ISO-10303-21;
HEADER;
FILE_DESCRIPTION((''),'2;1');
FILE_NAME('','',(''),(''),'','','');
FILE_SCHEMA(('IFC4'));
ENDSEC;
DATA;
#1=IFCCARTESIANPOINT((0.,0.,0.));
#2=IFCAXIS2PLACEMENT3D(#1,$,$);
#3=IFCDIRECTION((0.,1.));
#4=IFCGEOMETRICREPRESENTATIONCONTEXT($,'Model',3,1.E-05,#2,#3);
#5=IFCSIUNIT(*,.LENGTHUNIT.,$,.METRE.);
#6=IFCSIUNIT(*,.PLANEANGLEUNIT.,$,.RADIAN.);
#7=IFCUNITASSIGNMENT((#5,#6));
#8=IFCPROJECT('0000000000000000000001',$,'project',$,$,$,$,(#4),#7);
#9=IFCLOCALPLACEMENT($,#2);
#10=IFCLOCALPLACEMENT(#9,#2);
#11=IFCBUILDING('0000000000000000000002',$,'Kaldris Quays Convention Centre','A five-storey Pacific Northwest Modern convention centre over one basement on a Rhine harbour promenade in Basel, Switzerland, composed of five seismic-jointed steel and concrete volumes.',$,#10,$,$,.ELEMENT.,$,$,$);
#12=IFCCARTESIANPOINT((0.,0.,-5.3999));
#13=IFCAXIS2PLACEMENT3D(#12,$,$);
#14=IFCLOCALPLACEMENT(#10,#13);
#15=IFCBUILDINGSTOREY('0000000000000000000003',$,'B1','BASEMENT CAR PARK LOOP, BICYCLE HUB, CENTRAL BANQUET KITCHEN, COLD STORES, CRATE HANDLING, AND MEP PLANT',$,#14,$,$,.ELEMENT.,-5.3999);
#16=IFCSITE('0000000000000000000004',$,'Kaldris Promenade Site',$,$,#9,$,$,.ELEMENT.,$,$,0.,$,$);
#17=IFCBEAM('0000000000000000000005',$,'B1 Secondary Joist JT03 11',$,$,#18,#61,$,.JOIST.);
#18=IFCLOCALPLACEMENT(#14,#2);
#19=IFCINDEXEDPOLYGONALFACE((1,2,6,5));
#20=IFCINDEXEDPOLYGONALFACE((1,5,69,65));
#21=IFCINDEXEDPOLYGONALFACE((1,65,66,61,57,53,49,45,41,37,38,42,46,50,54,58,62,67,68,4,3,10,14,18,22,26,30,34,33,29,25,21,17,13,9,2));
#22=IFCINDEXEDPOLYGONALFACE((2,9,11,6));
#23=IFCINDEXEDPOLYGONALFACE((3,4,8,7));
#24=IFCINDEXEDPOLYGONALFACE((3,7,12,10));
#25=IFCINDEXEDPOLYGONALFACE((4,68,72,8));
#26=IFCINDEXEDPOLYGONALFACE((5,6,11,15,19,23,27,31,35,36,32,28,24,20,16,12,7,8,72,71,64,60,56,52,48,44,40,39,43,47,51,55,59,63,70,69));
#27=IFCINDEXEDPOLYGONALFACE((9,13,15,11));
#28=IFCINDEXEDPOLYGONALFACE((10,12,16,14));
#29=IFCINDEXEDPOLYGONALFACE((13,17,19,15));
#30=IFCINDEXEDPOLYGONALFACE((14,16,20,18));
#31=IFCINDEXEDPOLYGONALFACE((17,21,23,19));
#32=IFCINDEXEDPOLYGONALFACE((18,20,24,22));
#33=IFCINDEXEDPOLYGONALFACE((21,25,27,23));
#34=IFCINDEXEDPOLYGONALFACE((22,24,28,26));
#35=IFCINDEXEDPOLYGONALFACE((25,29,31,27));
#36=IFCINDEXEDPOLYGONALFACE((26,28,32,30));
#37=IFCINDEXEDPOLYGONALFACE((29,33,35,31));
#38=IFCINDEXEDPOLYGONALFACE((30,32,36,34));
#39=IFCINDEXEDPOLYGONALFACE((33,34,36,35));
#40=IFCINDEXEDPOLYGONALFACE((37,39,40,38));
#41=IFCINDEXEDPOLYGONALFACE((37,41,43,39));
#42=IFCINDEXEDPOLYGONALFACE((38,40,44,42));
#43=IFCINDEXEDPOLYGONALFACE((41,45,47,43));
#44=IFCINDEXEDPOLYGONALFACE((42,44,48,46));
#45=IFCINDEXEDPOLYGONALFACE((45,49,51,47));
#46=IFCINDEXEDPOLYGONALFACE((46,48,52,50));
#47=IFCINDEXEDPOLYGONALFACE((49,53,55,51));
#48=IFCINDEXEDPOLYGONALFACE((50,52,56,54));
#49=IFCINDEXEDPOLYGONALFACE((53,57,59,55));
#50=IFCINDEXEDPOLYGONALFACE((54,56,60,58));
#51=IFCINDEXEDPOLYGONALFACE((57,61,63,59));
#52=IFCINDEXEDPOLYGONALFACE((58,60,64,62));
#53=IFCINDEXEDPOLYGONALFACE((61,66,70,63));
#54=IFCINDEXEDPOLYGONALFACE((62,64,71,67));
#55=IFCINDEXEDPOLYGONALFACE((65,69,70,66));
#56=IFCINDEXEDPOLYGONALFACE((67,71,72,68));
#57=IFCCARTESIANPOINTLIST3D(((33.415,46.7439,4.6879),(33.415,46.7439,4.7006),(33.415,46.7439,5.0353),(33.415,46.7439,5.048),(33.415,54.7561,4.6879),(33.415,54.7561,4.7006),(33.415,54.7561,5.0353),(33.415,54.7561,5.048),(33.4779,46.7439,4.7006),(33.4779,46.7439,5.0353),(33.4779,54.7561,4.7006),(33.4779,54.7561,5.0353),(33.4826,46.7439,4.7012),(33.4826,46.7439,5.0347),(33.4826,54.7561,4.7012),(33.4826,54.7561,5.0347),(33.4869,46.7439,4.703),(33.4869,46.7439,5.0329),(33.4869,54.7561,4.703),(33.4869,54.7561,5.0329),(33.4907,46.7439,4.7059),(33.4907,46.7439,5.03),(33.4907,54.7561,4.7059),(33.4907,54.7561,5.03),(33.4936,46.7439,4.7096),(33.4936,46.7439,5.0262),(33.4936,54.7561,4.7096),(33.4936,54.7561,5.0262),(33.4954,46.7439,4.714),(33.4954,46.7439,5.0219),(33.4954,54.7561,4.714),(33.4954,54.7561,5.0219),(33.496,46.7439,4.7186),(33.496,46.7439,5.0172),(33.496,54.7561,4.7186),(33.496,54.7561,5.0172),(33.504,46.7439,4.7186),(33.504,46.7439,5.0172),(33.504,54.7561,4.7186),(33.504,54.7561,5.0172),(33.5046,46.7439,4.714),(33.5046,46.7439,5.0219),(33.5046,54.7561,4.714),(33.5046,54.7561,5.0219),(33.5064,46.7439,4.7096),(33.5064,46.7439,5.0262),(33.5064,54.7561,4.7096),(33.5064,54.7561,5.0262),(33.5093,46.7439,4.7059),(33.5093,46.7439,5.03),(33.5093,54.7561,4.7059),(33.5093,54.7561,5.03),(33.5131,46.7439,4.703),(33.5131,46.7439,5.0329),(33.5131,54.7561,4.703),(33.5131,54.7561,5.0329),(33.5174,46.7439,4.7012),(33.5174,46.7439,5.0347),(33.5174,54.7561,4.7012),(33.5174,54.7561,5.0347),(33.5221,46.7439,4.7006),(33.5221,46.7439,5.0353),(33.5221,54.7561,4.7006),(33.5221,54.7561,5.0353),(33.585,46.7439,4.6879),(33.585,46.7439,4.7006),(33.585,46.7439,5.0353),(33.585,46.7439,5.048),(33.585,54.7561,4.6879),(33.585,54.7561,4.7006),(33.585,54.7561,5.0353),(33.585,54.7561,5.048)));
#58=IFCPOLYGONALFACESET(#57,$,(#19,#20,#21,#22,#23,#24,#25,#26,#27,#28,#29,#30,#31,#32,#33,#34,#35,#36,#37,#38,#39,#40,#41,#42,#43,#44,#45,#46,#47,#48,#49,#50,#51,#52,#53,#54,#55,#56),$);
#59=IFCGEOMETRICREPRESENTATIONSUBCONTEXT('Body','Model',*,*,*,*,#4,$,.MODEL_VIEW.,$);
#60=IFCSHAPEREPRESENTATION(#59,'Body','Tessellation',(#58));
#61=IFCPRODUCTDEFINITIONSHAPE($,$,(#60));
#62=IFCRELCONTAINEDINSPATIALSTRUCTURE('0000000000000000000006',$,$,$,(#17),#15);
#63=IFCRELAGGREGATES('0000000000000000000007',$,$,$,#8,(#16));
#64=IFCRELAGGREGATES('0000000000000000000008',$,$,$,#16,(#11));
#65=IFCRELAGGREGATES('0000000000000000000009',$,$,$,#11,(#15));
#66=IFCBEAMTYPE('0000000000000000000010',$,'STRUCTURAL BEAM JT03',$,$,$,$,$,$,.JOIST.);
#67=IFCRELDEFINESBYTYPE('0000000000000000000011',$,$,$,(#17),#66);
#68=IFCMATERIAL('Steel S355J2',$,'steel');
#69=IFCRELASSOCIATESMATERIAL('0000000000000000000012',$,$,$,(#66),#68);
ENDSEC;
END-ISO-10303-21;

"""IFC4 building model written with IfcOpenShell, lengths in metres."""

from ifc_helpers import new_model, si_unit, direction, frame, origin, origin_2d, place, context, subcontext, project, spatial, i_section, extrude, material, material_profile, profile_set, type_object, element, save


model = new_model("IFC4")

# Units and contexts
model_context = context("Model", 3, precision=1e-05, world=origin(), true_north=direction((0.0, 1.0)))
body_context = subcontext(model_context, "Body", "Model", "MODEL_VIEW")
ifc_project = project(units=[si_unit("LENGTHUNIT", "METRE"), si_unit("PLANEANGLEUNIT", "RADIAN")], contexts=[model_context])

# Site, building, storey
site_placement = place(None, origin())
site = spatial("IfcSite", under=ifc_project, at=site_placement, Name="Kaldris Promenade Site", CompositionType="ELEMENT", RefElevation=0.0)
building_placement = place(site_placement, origin())
building = spatial("IfcBuilding", under=site, at=building_placement, Name="Kaldris Quays Convention Centre", Description="A five-storey Pacific Northwest Modern convention centre over one basement on a Rhine harbour promenade in Basel, Switzerland, composed of five seismic-jointed steel and concrete volumes.", CompositionType="ELEMENT")
storey_placement = place(building_placement, frame((0.0, 0.0, -5.3999)))
storey = spatial("IfcBuildingStorey", under=building, at=storey_placement, Name="B1", Description="BASEMENT CAR PARK LOOP, BICYCLE HUB, CENTRAL BANQUET KITCHEN, COLD STORES, CRATE HANDLING, AND MEP PLANT", CompositionType="ELEMENT", Elevation=-5.3999)

# Shared definitions
ifc_material_1 = material(Name="Steel S355J2", Category="steel")

# Beam
ifc_material_profile_1 = material_profile(ifc_material_1, i_section(OverallWidth=0.1699, OverallDepth=0.3601, WebThickness=0.0081, FlangeThickness=0.0127, FilletRadius=0.0181, at=origin_2d()), Name="IPE 360")
ifc_profile_set_1 = profile_set([ifc_material_profile_1], Name="Steel S355J2")
beam_type_1 = type_object("IfcBeamType", Name="STRUCTURAL BEAM JT03", PredefinedType="JOIST", material=ifc_profile_set_1)
beam_1_placement = place(storey_placement, frame((33.5, 46.7439, 4.8679), z_axis=(0.0, 1.0, 0.0), x_axis=(-1.0, 0.0, 0.0)))
element("IfcBeam", 1, at=beam_1_placement, inside=storey, type_object=beam_type_1, Name="B1 Secondary Joist JT03 11", PredefinedType="JOIST", context=body_context, shape_type="SweptSolid", body=[
    extrude(i_section(OverallWidth=0.1699, OverallDepth=0.3601, WebThickness=0.0081, FlangeThickness=0.0127, FilletRadius=0.0181, at=origin_2d()), origin(), (0.0, 0.0, 1.0), 8.0122),
])

save(model, "model.ifc")
